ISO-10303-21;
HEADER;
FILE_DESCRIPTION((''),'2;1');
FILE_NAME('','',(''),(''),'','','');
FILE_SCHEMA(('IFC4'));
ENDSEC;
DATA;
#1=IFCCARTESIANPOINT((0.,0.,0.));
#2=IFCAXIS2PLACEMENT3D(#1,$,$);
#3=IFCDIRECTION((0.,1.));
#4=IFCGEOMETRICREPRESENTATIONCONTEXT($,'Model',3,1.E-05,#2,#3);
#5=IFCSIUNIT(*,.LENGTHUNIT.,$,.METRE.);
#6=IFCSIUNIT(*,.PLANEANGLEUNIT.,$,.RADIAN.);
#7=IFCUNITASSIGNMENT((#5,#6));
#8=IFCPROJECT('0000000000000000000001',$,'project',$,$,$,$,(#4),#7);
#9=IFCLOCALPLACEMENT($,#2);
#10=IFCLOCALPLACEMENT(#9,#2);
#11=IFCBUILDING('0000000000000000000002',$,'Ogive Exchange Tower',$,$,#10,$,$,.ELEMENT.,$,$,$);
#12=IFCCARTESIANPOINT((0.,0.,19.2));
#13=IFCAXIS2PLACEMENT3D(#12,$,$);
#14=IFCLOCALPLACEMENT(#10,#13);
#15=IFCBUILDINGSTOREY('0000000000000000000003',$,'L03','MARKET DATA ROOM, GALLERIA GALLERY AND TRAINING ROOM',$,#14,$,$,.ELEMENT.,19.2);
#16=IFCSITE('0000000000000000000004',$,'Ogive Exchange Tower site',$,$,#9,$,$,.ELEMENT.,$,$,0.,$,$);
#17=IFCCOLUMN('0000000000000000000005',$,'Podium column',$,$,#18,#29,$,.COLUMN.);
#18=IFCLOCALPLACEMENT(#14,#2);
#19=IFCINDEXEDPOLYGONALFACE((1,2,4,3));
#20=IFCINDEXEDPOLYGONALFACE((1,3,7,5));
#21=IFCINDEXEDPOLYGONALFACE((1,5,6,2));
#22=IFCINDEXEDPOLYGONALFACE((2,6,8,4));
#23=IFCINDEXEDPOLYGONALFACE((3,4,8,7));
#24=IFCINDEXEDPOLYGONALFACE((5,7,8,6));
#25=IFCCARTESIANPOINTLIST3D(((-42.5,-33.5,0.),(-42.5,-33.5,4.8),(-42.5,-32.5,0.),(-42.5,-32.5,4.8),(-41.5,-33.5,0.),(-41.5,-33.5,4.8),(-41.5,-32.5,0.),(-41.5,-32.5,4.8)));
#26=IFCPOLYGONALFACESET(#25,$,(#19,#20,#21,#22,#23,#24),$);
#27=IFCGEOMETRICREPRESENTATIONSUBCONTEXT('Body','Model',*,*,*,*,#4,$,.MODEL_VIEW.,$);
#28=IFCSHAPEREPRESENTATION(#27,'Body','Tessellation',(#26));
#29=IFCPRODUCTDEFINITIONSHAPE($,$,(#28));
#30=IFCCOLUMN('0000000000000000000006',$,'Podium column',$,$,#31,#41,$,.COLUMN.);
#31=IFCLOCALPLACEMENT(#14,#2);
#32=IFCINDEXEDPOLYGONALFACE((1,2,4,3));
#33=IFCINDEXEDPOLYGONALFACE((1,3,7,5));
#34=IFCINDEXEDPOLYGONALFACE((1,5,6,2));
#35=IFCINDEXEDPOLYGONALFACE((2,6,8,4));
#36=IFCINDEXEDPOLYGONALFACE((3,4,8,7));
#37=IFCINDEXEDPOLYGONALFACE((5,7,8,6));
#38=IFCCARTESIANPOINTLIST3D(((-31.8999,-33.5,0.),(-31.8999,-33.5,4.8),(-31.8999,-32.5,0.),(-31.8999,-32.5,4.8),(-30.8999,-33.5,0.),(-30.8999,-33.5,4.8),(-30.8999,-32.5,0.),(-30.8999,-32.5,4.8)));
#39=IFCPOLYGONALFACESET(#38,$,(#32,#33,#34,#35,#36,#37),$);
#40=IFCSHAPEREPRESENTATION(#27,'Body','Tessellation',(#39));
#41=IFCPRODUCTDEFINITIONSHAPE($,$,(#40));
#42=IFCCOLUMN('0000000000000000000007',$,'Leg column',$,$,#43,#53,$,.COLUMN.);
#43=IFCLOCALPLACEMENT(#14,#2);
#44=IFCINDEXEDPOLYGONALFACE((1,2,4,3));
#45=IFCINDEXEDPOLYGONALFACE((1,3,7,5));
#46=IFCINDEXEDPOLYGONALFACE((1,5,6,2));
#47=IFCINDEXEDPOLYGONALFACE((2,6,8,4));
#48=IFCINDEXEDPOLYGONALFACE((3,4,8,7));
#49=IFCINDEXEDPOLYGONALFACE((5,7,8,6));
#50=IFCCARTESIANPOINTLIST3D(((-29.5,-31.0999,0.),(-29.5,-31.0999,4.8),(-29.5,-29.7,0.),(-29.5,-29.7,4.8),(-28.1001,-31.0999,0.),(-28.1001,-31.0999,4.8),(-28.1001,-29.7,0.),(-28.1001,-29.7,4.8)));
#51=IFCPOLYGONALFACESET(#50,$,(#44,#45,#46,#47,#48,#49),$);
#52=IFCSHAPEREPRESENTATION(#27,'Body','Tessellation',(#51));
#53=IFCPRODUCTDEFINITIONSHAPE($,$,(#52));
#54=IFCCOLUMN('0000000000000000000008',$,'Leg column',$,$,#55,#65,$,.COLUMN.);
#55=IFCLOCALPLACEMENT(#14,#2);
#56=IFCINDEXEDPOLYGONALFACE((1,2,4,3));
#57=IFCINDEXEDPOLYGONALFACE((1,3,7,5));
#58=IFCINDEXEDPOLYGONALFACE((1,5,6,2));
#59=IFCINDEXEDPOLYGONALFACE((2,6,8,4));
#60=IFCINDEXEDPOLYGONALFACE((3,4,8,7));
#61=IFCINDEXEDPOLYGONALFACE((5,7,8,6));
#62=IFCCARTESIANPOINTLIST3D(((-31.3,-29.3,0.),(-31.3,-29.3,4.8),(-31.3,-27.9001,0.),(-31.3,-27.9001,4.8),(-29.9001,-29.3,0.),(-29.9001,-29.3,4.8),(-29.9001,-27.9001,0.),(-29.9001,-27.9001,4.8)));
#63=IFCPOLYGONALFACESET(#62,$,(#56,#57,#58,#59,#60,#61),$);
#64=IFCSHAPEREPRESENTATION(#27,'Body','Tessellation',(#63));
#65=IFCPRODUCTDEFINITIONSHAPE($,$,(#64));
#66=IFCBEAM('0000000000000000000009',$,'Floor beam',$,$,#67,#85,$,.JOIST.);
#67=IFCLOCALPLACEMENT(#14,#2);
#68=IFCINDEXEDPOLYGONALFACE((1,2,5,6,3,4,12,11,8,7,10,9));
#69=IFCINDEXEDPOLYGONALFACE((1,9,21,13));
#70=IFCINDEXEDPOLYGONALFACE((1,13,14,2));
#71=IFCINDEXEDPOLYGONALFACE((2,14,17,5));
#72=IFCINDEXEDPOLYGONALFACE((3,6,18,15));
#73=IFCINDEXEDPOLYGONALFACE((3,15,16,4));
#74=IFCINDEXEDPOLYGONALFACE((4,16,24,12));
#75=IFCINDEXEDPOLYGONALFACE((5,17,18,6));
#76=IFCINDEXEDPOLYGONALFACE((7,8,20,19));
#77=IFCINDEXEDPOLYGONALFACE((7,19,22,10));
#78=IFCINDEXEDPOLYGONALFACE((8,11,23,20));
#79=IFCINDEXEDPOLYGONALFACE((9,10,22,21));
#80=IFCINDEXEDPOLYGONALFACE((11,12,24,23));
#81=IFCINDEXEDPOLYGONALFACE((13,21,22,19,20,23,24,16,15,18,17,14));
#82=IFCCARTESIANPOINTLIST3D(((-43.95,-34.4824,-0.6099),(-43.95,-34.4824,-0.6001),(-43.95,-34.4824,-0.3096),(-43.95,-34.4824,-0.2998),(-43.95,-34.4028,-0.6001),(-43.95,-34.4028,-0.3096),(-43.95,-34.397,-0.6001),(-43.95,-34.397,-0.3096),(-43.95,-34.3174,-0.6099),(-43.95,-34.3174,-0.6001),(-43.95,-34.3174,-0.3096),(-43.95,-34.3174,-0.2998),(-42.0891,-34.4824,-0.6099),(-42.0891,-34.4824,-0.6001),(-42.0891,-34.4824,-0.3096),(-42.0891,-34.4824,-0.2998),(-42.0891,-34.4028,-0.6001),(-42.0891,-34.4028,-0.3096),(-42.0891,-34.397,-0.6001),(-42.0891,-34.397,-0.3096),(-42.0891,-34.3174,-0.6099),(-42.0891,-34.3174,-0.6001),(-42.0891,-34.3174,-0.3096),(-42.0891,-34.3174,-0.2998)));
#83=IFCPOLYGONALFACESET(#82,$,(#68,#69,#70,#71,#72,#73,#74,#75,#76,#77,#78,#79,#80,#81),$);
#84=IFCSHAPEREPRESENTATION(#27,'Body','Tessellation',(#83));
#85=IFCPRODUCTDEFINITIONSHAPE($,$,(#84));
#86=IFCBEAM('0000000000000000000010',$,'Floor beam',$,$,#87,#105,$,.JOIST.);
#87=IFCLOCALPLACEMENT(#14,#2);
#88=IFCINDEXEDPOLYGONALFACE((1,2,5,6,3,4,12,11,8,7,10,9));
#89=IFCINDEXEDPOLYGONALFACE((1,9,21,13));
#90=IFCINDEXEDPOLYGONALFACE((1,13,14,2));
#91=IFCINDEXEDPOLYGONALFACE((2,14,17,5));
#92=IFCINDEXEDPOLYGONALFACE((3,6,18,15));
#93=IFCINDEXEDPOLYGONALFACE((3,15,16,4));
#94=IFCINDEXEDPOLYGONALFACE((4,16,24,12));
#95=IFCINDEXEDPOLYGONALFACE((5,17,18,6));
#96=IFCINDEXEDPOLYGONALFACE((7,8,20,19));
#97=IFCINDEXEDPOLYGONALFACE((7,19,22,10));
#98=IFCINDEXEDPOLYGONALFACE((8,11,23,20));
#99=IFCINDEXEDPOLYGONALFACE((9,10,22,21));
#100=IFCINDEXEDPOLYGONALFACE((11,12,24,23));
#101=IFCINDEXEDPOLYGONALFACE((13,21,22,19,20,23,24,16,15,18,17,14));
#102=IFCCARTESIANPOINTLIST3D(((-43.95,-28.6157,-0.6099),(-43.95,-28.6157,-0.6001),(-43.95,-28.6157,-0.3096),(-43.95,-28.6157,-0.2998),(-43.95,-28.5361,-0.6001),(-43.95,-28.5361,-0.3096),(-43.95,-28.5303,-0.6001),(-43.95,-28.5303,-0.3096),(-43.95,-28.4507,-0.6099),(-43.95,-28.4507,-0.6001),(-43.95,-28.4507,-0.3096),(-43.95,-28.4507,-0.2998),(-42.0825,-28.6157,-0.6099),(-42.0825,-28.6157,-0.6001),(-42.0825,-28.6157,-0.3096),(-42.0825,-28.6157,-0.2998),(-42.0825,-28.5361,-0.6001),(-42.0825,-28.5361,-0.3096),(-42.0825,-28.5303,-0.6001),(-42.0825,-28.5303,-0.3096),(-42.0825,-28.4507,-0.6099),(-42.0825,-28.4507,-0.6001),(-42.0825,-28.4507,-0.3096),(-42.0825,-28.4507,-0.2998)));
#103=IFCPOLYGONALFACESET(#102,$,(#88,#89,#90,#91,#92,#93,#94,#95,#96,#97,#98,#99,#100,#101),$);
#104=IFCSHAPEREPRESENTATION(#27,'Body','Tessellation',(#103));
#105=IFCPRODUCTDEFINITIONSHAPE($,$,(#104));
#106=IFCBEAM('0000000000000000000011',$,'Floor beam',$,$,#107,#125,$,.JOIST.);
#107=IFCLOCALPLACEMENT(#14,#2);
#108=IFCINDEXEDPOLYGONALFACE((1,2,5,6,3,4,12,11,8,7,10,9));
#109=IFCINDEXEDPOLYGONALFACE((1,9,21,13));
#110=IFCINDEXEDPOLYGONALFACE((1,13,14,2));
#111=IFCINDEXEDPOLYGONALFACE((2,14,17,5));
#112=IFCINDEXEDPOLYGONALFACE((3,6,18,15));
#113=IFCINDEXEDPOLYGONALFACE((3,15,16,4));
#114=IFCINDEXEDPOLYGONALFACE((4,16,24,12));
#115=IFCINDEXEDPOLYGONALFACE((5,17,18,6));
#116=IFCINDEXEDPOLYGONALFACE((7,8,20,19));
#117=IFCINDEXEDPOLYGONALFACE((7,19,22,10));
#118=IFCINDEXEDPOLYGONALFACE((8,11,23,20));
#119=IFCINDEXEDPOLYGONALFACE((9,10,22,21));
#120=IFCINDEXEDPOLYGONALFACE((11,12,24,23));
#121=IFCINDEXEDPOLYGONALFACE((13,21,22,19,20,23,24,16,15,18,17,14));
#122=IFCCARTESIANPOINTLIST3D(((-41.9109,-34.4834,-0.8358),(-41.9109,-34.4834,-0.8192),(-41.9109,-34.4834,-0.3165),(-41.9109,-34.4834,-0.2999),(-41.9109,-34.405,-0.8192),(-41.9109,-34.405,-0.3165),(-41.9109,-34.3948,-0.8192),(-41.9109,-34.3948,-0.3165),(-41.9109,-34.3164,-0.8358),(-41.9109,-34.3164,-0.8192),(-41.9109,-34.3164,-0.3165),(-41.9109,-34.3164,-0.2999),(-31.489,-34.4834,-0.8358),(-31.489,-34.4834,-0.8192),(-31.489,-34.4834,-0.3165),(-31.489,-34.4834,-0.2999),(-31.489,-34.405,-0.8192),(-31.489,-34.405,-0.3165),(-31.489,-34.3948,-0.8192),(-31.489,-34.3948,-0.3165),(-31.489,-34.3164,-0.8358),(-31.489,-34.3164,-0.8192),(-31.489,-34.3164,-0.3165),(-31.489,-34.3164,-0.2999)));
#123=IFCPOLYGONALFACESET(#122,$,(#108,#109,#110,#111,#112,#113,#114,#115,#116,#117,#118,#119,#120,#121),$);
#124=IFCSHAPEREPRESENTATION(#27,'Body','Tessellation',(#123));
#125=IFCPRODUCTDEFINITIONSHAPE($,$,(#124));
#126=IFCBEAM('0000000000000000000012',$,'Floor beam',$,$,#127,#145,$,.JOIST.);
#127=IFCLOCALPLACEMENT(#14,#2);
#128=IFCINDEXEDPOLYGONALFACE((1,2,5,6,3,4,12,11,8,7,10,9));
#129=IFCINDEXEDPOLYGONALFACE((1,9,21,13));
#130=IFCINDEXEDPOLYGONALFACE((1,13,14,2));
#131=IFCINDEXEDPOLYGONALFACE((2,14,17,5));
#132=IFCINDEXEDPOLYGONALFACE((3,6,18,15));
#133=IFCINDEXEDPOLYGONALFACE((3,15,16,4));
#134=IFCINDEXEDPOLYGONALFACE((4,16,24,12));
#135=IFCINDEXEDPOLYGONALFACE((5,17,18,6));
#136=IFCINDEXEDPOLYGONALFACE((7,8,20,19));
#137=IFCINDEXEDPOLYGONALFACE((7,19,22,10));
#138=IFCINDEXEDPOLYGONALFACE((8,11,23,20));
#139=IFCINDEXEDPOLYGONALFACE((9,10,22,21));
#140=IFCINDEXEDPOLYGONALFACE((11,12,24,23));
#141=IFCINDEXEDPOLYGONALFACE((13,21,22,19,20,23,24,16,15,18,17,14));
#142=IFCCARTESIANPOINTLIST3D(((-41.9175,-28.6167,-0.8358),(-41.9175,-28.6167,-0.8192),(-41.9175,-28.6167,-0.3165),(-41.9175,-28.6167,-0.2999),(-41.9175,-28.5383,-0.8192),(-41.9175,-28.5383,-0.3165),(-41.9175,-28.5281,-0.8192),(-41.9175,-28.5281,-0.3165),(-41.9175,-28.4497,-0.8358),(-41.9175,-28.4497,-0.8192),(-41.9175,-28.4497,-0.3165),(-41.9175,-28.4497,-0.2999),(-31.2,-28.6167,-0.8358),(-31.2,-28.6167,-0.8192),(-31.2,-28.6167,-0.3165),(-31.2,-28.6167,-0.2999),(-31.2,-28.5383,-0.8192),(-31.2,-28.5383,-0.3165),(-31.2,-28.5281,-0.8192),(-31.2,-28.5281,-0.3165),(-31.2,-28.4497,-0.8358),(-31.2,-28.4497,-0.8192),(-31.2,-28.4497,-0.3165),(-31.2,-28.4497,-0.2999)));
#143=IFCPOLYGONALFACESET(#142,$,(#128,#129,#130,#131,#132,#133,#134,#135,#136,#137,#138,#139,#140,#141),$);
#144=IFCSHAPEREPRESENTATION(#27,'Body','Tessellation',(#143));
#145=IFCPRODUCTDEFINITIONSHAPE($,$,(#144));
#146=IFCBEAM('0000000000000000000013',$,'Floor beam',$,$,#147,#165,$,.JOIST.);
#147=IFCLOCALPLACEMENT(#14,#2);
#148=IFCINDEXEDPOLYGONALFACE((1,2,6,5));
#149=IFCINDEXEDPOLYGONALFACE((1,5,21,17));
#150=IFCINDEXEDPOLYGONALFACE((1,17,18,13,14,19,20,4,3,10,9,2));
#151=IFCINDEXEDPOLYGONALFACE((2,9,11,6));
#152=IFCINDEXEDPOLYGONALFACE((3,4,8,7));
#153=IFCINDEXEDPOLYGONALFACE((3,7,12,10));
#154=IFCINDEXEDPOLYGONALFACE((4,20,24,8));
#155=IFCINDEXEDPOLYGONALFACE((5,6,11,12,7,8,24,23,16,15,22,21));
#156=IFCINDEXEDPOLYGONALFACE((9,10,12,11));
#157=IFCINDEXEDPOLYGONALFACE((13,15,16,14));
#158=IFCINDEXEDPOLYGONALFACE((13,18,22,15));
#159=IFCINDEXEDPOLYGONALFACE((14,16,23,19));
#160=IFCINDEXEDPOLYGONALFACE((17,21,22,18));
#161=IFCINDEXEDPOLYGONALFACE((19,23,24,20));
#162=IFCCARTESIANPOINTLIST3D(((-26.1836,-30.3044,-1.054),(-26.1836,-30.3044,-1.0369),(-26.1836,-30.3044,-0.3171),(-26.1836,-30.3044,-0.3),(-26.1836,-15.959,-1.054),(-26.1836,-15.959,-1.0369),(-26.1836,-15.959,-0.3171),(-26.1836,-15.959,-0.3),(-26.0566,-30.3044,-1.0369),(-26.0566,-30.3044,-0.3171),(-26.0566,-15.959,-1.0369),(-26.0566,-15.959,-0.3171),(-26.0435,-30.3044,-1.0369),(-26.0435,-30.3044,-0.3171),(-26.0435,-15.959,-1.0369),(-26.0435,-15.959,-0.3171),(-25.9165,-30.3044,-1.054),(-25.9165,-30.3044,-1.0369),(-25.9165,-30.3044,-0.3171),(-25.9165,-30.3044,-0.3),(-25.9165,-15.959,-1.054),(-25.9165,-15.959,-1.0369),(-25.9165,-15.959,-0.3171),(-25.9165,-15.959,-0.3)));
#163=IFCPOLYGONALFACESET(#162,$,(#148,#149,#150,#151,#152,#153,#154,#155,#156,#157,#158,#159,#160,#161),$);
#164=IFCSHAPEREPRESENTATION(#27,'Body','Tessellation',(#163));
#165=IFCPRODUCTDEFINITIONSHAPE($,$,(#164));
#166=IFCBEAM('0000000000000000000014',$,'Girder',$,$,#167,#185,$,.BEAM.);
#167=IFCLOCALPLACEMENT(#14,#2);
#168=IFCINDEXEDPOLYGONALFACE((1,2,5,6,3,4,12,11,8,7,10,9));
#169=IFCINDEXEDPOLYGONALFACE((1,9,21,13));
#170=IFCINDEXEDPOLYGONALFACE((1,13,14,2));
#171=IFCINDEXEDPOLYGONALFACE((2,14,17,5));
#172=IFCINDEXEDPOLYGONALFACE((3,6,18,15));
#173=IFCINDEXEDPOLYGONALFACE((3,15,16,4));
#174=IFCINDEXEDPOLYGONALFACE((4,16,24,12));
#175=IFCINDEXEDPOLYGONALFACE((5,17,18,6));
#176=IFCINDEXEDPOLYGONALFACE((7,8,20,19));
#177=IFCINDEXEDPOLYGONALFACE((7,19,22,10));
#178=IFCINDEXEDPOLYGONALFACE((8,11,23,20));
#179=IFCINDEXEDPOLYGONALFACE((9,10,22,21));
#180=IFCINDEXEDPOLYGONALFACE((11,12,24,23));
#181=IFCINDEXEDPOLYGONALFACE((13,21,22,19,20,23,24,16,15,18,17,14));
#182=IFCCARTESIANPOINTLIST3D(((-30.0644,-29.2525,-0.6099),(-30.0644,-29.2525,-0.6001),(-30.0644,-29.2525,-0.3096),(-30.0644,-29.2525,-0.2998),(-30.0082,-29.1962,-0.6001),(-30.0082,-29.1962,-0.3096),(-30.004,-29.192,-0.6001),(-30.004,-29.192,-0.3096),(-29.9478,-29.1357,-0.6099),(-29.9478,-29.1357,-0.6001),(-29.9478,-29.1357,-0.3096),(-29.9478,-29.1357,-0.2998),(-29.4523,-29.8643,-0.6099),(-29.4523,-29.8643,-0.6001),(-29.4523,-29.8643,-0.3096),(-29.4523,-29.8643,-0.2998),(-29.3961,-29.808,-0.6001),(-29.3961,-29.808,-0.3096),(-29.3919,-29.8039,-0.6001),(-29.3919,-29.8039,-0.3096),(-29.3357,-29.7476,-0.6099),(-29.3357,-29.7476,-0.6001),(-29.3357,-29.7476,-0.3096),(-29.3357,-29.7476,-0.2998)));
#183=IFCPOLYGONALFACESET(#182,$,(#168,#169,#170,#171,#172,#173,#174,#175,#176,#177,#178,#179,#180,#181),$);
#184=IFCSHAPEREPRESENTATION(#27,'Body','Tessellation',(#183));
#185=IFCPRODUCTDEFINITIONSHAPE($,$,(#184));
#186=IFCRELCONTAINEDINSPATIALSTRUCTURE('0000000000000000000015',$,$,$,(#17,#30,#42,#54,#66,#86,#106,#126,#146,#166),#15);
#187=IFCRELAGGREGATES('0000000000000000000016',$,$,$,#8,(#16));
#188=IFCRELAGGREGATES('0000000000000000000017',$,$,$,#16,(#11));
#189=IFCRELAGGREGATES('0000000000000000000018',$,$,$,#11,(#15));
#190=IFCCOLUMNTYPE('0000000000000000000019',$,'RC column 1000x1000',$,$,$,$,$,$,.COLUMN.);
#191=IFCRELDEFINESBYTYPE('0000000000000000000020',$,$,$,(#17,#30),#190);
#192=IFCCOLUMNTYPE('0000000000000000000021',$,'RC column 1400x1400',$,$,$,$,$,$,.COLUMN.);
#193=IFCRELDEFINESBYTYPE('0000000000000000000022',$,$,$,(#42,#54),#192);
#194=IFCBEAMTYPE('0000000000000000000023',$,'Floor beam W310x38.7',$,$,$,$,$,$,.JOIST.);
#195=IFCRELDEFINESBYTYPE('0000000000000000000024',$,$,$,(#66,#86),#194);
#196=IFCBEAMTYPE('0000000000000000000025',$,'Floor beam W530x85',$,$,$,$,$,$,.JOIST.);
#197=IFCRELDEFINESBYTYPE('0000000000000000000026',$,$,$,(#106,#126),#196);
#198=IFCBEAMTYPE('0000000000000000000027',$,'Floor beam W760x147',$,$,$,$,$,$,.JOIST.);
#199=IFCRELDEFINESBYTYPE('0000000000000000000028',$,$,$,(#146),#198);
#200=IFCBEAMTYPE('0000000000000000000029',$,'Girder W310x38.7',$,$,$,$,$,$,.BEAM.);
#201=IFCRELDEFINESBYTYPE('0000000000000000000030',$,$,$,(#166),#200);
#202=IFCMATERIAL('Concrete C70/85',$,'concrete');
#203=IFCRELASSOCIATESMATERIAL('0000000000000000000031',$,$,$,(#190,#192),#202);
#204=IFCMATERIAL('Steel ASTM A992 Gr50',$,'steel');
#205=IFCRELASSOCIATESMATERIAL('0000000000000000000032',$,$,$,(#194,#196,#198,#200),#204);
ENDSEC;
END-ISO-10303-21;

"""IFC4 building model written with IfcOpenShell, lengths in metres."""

from ifc_helpers import new_model, si_unit, direction, frame, origin, origin_2d, place, context, subcontext, project, spatial, rectangle, i_section, extrude, material, material_profile, profile_set, type_object, element, save


model = new_model("IFC4")

# Units and contexts
model_context = context("Model", 3, precision=1e-05, world=origin(), true_north=direction((0.0, 1.0)))
body_context = subcontext(model_context, "Body", "Model", "MODEL_VIEW")
ifc_project = project(units=[si_unit("LENGTHUNIT", "METRE"), si_unit("PLANEANGLEUNIT", "RADIAN")], contexts=[model_context])

# Site, building, storey
site_placement = place(None, origin())
site = spatial("IfcSite", under=ifc_project, at=site_placement, Name="Ogive Exchange Tower site", CompositionType="ELEMENT", RefElevation=0.0)
building_placement = place(site_placement, origin())
building = spatial("IfcBuilding", under=site, at=building_placement, Name="Ogive Exchange Tower", CompositionType="ELEMENT")
storey_placement = place(building_placement, frame((0.0, 0.0, 19.2)))
storey = spatial("IfcBuildingStorey", under=building, at=storey_placement, Name="L03", Description="MARKET DATA ROOM, GALLERIA GALLERY AND TRAINING ROOM", CompositionType="ELEMENT", Elevation=19.2)

# Columns
ifc_material_1 = material(Name="Concrete C70/85", Category="concrete")
ifc_material_profile_1 = material_profile(ifc_material_1, rectangle(XDim=1.0, YDim=1.0, at=origin_2d()), Name="RC 1000x1000")
ifc_profile_set_1 = profile_set([ifc_material_profile_1], Name="Concrete C70/85")
column_type_1 = type_object("IfcColumnType", Name="RC column 1000x1000", PredefinedType="COLUMN", material=ifc_profile_set_1)
for number, where, z_axis, x_axis, name in (
    (1, (-42.0, -33.0, 0.0), (0.0, 0.0, 1.0), (1.0, 0.0, 0.0), "Podium column"),
    (2, (-31.3999, -33.0, 0.0), (0.0, 0.0, 1.0), (1.0, 0.0, 0.0), "Podium column"),
):
    element("IfcColumn", number, at=place(storey_placement, frame(where, z_axis=z_axis, x_axis=x_axis)), inside=storey, type_object=column_type_1, Name=name, PredefinedType="COLUMN", context=body_context, shape_type="SweptSolid", body=[
        extrude(rectangle(XDim=1.0, YDim=1.0, at=origin_2d()), origin(), (0.0, 0.0, 1.0), 4.8),
    ])
ifc_material_profile_2 = material_profile(ifc_material_1, rectangle(XDim=1.3999, YDim=1.3999, at=origin_2d()), Name="RC 1400x1400")
ifc_profile_set_2 = profile_set([ifc_material_profile_2], Name="Concrete C70/85")
column_type_2 = type_object("IfcColumnType", Name="RC column 1400x1400", PredefinedType="COLUMN", material=ifc_profile_set_2)
for number, where, z_axis, x_axis, name in (
    (3, (-28.8, -30.3999, 0.0), (0.0, 0.0, 1.0), (1.0, 0.0, 0.0), "Leg column"),
    (4, (-30.6001, -28.6001, 0.0), (0.0, 0.0, 1.0), (1.0, 0.0, 0.0), "Leg column"),
):
    element("IfcColumn", number, at=place(storey_placement, frame(where, z_axis=z_axis, x_axis=x_axis)), inside=storey, type_object=column_type_2, Name=name, PredefinedType="COLUMN", context=body_context, shape_type="SweptSolid", body=[
        extrude(rectangle(XDim=1.3999, YDim=1.3999, at=origin_2d()), origin(), (0.0, 0.0, 1.0), 4.8),
    ])

# Beams
ifc_material_2 = material(Name="Steel ASTM A992 Gr50", Category="steel")
ifc_material_profile_3 = material_profile(ifc_material_2, i_section(OverallWidth=0.165, OverallDepth=0.3101, WebThickness=0.0059, FlangeThickness=0.0098, at=origin_2d()), Name="W310x38.7")
ifc_profile_set_3 = profile_set([ifc_material_profile_3], Name="Steel ASTM A992 Gr50")
beam_type_1 = type_object("IfcBeamType", Name="Floor beam W310x38.7", PredefinedType="JOIST", material=ifc_profile_set_3)
beam_1_placement = place(storey_placement, frame((-43.95, -34.3999, -0.4548), z_axis=(1.0, 0.0, 0.0), x_axis=(0.0, 1.0, 0.0)))
element("IfcBeam", 5, at=beam_1_placement, inside=storey, type_object=beam_type_1, Name="Floor beam", PredefinedType="JOIST", context=body_context, shape_type="SweptSolid", body=[
    extrude(i_section(OverallWidth=0.165, OverallDepth=0.3101, WebThickness=0.0059, FlangeThickness=0.0098, at=origin_2d()), origin(), (0.0, 0.0, 1.0), 1.8608),
])
beam_2_placement = place(storey_placement, frame((-43.95, -28.5332, -0.4548), z_axis=(1.0, 0.0, 0.0), x_axis=(0.0, 1.0, 0.0)))
element("IfcBeam", 6, at=beam_2_placement, inside=storey, type_object=beam_type_1, Name="Floor beam", PredefinedType="JOIST", context=body_context, shape_type="SweptSolid", body=[
    extrude(i_section(OverallWidth=0.165, OverallDepth=0.3101, WebThickness=0.0059, FlangeThickness=0.0098, at=origin_2d()), origin(), (0.0, 0.0, 1.0), 1.8674),
])
ifc_material_profile_4 = material_profile(ifc_material_2, i_section(OverallWidth=0.167, OverallDepth=0.5359, WebThickness=0.0103, FlangeThickness=0.0166, at=origin_2d()), Name="W530x85")
ifc_profile_set_4 = profile_set([ifc_material_profile_4], Name="Steel ASTM A992 Gr50")
beam_type_2 = type_object("IfcBeamType", Name="Floor beam W530x85", PredefinedType="JOIST", material=ifc_profile_set_4)
beam_3_placement = place(storey_placement, frame((-41.9109, -34.3999, -0.5679), z_axis=(1.0, 0.0, 0.0), x_axis=(0.0, 1.0, 0.0)))
element("IfcBeam", 7, at=beam_3_placement, inside=storey, type_object=beam_type_2, Name="Floor beam", PredefinedType="JOIST", context=body_context, shape_type="SweptSolid", body=[
    extrude(i_section(OverallWidth=0.167, OverallDepth=0.5359, WebThickness=0.0103, FlangeThickness=0.0166, at=origin_2d()), origin(), (0.0, 0.0, 1.0), 10.4219),
])
beam_4_placement = place(storey_placement, frame((-41.9175, -28.5332, -0.5679), z_axis=(1.0, 0.0, 0.0), x_axis=(0.0, 1.0, 0.0)))
element("IfcBeam", 8, at=beam_4_placement, inside=storey, type_object=beam_type_2, Name="Floor beam", PredefinedType="JOIST", context=body_context, shape_type="SweptSolid", body=[
    extrude(i_section(OverallWidth=0.167, OverallDepth=0.5359, WebThickness=0.0103, FlangeThickness=0.0166, at=origin_2d()), origin(), (0.0, 0.0, 1.0), 10.7175),
])
ifc_material_profile_5 = material_profile(ifc_material_2, i_section(OverallWidth=0.2671, OverallDepth=0.7539, WebThickness=0.0132, FlangeThickness=0.0171, at=origin_2d()), Name="W760x147")
ifc_profile_set_5 = profile_set([ifc_material_profile_5], Name="Steel ASTM A992 Gr50")
beam_type_3 = type_object("IfcBeamType", Name="Floor beam W760x147", PredefinedType="JOIST", material=ifc_profile_set_5)
beam_5_placement = place(storey_placement, frame((-26.05, -30.3044, -0.677), z_axis=(0.0, 1.0, 0.0), x_axis=(-1.0, 0.0, 0.0)))
element("IfcBeam", 9, at=beam_5_placement, inside=storey, type_object=beam_type_3, Name="Floor beam", PredefinedType="JOIST", context=body_context, shape_type="SweptSolid", body=[
    extrude(i_section(OverallWidth=0.2671, OverallDepth=0.7539, WebThickness=0.0132, FlangeThickness=0.0171, at=origin_2d()), origin(), (0.0, 0.0, 1.0), 14.3455),
])
ifc_material_profile_6 = material_profile(ifc_material_2, i_section(OverallWidth=0.165, OverallDepth=0.3101, WebThickness=0.0059, FlangeThickness=0.0098, at=origin_2d()), Name="W310x38.7")
ifc_profile_set_6 = profile_set([ifc_material_profile_6], Name="Steel ASTM A992 Gr50")
beam_type_4 = type_object("IfcBeamType", Name="Girder W310x38.7", PredefinedType="BEAM", material=ifc_profile_set_6)
beam_6_placement = place(storey_placement, frame((-30.0061, -29.1941, -0.4548), z_axis=(0.707248, -0.706966, 0.0), x_axis=(0.706966, 0.707248, 0.0)))
element("IfcBeam", 10, at=beam_6_placement, inside=storey, type_object=beam_type_4, Name="Girder", PredefinedType="BEAM", context=body_context, shape_type="SweptSolid", body=[
    extrude(i_section(OverallWidth=0.165, OverallDepth=0.3101, WebThickness=0.0059, FlangeThickness=0.0098, at=origin_2d()), origin(), (0.0, 0.0, 1.0), 0.8655),
])

save(model, "model.ifc")
